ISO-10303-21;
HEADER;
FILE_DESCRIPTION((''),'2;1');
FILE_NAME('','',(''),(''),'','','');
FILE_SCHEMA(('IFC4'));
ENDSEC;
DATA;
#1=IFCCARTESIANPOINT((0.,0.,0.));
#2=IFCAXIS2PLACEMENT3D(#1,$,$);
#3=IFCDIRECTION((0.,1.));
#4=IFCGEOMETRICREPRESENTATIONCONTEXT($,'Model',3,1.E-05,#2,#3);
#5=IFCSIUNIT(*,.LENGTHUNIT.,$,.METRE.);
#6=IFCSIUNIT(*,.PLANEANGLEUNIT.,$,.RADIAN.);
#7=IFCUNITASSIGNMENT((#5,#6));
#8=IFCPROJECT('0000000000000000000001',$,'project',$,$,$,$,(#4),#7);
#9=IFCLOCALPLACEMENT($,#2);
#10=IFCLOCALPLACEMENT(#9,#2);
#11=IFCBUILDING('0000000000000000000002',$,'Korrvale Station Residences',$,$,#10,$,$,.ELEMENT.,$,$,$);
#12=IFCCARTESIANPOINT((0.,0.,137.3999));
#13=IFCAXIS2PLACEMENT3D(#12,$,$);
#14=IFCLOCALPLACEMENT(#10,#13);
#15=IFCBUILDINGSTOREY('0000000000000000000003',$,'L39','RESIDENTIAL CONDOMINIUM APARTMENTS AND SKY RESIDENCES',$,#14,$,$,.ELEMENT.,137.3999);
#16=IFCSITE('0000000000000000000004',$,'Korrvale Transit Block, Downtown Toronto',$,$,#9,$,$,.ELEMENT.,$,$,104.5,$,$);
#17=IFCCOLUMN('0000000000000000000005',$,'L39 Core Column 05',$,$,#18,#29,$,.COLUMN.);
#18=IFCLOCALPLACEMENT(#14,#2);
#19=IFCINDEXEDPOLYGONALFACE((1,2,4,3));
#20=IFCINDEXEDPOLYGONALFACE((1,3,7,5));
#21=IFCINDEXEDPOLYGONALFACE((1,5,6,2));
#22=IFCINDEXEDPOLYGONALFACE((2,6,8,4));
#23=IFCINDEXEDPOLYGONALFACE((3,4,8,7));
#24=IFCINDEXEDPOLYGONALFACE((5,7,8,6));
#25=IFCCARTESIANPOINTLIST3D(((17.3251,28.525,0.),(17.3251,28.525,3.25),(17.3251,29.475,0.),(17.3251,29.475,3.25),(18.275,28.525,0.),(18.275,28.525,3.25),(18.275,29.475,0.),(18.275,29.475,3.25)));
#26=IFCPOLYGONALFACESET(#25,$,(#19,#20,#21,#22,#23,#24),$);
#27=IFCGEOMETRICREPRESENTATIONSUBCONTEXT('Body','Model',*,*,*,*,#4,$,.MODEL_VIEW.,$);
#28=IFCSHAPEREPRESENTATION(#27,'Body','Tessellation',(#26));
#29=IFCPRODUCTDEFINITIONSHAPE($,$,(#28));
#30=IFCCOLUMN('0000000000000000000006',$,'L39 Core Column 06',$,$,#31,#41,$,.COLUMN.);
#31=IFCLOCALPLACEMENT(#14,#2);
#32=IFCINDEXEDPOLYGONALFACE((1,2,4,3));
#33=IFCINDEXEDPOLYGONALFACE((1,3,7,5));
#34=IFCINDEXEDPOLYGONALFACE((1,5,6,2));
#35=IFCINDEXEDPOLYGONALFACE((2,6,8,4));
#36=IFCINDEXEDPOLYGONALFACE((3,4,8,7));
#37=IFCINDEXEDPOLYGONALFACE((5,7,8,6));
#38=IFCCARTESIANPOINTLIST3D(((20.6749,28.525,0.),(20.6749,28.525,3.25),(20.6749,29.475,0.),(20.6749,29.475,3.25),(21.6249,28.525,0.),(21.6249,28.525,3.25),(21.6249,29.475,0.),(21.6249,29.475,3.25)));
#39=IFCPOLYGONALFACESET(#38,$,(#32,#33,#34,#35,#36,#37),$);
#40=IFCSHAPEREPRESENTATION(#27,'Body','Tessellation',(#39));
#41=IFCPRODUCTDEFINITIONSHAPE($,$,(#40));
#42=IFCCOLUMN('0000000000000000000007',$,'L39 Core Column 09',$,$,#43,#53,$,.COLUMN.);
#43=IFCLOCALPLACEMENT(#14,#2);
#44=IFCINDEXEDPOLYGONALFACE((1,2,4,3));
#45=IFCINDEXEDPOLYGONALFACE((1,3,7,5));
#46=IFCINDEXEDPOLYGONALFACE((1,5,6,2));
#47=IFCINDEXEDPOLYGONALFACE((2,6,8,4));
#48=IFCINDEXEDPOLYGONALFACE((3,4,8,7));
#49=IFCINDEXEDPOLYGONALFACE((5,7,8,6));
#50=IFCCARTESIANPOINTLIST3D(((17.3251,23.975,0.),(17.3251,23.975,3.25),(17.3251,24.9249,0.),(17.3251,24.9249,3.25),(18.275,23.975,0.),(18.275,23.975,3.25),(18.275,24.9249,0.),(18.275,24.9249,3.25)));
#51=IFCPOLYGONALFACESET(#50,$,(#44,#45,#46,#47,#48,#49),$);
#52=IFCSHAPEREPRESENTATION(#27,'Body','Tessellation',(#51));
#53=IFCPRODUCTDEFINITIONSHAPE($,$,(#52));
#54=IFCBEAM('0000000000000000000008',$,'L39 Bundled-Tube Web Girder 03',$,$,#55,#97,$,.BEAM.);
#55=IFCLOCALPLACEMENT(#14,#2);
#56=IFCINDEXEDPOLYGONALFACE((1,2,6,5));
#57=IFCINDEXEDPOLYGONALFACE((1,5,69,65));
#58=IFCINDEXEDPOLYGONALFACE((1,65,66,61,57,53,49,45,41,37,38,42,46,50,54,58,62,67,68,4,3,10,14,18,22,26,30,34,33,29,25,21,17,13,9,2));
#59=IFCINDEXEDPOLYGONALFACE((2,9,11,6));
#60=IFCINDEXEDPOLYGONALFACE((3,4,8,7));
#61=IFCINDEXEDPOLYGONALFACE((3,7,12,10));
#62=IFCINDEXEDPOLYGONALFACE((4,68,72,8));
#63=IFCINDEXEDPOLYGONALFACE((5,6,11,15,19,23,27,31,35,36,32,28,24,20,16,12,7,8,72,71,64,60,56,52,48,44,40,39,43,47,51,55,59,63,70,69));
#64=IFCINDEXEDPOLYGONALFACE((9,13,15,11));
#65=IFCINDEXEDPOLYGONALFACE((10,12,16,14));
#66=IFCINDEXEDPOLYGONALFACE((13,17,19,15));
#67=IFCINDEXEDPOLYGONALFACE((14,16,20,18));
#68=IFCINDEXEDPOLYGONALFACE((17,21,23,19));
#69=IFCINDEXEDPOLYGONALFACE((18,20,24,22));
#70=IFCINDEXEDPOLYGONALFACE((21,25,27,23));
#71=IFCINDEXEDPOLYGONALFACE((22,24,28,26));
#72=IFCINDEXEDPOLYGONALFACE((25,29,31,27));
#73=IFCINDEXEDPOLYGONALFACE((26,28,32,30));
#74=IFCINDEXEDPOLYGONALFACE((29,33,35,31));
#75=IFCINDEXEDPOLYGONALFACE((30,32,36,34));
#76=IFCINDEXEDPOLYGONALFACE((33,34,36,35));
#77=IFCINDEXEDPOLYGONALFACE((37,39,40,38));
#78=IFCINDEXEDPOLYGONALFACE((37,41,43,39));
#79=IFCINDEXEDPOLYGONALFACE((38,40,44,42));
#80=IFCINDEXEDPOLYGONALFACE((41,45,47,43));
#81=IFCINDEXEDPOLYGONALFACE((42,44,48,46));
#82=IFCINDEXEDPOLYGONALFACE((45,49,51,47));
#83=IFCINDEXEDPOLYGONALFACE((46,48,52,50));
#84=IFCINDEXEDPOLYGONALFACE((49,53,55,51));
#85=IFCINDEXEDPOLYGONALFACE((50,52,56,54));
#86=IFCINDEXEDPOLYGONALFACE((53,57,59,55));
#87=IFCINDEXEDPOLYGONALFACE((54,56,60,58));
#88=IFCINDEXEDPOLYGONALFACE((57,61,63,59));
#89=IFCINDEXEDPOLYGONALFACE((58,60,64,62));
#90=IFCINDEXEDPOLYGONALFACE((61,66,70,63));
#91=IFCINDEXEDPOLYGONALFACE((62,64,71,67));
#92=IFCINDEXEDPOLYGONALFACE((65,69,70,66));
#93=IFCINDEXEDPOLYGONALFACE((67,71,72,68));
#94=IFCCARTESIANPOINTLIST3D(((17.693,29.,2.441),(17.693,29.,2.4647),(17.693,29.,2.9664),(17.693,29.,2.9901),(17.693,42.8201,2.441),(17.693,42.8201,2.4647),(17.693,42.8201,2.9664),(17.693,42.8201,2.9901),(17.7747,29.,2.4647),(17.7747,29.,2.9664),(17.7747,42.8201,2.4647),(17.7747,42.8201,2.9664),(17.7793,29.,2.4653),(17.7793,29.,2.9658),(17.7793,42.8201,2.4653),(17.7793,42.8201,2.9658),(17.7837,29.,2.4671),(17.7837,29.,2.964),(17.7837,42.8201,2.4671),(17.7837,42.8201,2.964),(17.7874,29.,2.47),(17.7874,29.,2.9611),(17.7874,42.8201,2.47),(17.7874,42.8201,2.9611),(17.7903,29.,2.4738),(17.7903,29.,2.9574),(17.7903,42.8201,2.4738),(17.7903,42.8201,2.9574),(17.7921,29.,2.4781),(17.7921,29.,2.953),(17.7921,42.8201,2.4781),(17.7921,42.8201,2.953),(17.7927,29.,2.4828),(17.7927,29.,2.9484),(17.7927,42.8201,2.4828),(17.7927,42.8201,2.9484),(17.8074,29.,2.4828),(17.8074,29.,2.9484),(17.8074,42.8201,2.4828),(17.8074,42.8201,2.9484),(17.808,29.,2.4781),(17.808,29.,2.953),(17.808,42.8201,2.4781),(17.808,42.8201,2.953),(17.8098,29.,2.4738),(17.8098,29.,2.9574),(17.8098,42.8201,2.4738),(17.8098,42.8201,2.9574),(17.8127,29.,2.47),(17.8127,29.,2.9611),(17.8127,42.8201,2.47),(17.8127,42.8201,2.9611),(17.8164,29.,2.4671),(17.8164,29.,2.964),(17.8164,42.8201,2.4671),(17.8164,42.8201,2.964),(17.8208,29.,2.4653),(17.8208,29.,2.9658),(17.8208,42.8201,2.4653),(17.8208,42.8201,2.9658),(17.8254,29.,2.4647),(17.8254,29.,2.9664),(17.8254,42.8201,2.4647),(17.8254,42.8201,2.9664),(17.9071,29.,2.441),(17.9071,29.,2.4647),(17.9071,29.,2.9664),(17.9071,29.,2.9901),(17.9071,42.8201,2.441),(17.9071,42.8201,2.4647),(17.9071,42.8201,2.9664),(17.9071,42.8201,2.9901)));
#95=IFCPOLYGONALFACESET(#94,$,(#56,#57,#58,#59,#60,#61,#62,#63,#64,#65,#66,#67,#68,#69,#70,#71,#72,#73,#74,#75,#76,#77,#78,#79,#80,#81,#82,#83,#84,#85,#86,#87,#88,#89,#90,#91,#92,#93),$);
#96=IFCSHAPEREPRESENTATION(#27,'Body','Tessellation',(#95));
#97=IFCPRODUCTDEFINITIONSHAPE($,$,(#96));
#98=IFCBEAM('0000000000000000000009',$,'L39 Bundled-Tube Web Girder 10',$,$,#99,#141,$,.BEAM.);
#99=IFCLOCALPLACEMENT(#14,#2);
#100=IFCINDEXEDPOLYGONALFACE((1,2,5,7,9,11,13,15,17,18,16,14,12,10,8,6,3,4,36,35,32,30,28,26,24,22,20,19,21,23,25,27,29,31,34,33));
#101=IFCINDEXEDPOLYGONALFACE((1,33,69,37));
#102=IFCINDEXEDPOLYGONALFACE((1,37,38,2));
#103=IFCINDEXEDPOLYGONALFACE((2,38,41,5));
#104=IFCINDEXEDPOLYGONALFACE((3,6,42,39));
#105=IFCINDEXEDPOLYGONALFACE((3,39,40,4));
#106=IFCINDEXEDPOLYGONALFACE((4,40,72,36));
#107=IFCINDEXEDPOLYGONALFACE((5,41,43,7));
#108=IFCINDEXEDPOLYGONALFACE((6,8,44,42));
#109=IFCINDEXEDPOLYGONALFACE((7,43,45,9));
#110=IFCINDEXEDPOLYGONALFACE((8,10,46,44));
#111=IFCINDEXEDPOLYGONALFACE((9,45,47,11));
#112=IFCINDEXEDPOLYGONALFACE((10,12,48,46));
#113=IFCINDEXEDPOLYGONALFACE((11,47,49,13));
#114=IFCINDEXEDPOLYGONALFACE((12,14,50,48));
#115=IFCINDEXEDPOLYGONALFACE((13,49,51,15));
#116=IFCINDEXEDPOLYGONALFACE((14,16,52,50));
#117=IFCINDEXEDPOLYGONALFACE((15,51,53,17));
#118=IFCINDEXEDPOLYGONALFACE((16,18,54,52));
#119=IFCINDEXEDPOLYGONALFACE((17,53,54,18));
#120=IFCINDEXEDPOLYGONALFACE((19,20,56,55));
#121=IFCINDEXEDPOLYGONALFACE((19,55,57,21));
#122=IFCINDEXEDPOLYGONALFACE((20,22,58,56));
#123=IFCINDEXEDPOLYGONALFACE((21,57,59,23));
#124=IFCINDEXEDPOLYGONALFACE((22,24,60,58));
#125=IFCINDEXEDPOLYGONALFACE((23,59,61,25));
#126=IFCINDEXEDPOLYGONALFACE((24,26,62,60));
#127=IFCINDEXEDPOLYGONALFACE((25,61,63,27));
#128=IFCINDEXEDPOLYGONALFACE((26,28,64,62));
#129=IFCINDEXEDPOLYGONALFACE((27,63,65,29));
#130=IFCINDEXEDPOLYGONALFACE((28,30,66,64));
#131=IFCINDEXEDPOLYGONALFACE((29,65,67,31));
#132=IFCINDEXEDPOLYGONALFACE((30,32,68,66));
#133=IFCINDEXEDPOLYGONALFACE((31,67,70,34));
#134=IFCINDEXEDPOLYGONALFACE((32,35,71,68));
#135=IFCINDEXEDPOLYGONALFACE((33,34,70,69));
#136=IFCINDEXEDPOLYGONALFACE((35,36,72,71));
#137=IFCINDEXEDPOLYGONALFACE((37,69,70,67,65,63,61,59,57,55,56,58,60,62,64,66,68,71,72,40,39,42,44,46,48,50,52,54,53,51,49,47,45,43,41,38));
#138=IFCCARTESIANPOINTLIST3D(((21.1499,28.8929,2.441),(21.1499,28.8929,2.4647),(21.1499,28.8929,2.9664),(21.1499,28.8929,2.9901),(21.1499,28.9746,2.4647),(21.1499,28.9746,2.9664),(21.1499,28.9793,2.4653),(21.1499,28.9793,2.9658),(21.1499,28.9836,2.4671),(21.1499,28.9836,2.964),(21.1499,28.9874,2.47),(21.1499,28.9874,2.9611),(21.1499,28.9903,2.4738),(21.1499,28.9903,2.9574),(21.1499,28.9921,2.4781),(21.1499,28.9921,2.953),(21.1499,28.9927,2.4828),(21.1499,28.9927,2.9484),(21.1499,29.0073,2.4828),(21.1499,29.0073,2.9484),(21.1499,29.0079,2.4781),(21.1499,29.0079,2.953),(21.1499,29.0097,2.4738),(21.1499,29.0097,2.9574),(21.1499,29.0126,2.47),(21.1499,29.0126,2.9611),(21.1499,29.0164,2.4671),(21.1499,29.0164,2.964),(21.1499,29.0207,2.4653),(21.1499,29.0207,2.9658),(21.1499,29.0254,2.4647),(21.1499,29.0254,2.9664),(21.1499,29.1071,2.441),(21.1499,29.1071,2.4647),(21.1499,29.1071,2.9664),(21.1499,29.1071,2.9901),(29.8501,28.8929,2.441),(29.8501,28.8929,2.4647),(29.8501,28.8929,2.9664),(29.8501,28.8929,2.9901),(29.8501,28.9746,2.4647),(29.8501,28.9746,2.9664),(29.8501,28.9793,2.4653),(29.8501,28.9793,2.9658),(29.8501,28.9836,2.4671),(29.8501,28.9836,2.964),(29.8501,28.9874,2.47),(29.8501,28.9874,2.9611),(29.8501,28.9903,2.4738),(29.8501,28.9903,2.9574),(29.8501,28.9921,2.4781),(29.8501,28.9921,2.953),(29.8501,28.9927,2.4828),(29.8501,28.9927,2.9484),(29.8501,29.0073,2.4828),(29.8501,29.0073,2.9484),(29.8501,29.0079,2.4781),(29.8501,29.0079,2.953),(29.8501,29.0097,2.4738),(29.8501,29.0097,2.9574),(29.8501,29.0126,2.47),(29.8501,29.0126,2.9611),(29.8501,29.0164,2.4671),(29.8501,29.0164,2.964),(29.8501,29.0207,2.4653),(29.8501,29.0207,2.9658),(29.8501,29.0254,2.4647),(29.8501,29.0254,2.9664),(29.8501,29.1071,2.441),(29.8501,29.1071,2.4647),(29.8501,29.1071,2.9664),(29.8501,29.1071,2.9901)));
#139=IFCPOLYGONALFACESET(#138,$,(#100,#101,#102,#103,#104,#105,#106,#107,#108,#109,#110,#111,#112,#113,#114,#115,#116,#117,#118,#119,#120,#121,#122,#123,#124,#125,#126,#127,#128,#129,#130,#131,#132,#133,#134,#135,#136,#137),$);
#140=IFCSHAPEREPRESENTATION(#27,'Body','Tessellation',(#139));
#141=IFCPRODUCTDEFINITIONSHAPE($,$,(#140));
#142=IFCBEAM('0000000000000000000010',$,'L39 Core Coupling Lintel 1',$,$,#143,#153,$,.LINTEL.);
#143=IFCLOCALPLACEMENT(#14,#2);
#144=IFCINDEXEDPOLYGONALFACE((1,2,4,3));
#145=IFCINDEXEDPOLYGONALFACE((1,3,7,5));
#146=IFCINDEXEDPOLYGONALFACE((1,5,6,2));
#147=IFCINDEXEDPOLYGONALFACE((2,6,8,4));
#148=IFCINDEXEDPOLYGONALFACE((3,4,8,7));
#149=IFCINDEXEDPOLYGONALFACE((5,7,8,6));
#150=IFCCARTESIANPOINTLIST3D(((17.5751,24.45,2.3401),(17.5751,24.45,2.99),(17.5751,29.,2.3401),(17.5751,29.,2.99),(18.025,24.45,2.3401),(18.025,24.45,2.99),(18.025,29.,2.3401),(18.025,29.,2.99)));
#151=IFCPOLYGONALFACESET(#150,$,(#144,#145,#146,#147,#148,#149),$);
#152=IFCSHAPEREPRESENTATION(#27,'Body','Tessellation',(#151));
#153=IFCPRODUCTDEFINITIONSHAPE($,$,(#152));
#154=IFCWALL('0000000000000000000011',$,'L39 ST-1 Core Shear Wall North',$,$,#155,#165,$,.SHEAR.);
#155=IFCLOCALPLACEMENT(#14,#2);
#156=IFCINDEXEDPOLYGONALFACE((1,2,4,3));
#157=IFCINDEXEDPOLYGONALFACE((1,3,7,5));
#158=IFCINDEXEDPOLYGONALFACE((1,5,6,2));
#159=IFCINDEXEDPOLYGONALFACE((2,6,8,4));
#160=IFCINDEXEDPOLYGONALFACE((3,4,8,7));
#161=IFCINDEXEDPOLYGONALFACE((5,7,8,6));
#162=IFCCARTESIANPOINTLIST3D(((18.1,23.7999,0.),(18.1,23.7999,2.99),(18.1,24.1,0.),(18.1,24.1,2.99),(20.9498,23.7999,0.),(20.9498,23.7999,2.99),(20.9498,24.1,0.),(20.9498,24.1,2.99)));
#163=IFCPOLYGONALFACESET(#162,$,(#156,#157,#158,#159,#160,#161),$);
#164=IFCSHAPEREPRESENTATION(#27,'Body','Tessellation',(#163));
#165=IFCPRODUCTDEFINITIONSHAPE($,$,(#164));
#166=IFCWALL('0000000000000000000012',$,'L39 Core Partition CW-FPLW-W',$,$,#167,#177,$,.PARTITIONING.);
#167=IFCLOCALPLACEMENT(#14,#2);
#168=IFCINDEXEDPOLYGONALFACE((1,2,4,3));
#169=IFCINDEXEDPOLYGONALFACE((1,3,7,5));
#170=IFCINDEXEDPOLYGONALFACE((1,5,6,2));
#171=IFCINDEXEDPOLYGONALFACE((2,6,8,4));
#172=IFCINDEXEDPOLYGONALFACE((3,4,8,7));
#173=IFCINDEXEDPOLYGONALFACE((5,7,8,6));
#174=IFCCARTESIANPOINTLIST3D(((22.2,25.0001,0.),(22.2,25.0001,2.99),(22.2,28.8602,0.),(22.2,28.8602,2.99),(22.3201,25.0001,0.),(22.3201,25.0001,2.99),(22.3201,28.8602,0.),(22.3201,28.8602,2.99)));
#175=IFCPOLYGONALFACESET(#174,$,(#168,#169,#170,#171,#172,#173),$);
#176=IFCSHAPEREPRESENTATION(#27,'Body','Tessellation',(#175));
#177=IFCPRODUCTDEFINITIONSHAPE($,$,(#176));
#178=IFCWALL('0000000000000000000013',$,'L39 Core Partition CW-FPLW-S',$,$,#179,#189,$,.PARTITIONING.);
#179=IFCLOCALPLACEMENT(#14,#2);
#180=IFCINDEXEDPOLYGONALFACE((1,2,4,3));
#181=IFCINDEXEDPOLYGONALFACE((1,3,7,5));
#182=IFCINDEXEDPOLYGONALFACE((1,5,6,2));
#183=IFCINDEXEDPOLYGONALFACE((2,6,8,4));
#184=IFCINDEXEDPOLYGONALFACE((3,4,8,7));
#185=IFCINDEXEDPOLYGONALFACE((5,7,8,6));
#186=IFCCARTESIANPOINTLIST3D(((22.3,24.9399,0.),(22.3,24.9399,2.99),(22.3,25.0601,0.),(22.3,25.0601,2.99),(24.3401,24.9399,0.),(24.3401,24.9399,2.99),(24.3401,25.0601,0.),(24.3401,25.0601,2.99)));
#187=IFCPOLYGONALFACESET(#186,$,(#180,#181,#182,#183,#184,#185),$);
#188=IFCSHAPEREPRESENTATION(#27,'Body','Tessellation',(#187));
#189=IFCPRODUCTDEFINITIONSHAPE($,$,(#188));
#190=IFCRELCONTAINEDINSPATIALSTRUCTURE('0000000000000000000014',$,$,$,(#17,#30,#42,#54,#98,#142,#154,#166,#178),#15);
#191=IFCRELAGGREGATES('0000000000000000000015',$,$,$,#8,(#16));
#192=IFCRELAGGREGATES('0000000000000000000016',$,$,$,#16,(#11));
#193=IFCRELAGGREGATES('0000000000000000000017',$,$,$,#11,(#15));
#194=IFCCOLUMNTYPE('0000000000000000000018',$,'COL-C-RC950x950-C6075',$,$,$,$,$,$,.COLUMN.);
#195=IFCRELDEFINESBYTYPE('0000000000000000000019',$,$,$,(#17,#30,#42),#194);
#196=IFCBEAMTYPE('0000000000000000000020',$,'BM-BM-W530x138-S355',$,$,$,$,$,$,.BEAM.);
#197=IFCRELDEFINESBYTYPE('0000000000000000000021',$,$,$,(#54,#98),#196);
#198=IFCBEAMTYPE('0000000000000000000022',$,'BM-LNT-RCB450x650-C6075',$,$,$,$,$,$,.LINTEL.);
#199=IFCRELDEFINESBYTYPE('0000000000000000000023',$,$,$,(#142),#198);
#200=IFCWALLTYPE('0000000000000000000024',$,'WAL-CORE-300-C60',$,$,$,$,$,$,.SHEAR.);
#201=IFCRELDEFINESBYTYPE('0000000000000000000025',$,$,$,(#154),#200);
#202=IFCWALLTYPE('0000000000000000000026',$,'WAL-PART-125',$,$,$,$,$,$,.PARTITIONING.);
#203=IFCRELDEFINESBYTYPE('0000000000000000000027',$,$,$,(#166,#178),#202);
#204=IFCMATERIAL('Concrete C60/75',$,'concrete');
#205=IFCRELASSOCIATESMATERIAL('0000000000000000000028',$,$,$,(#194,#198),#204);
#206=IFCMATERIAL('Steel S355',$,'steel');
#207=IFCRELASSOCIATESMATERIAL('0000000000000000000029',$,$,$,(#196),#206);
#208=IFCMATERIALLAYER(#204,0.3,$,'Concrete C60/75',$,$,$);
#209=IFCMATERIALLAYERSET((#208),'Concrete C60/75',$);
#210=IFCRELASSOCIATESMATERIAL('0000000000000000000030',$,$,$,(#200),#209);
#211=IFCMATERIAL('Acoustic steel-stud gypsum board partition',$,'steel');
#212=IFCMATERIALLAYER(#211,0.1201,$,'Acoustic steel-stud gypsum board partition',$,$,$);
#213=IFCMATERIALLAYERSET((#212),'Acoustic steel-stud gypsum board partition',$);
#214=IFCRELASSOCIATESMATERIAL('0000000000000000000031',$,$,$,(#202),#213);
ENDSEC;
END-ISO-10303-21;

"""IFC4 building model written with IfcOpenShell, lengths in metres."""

from ifc_helpers import new_model, si_unit, direction, frame, frame_2d, origin, origin_2d, place, context, subcontext, project, spatial, rectangle, i_section, extrude, material, layer, layer_set, material_profile, profile_set, type_object, element, save


model = new_model("IFC4")

# Units and contexts
model_context = context("Model", 3, precision=1e-05, world=origin(), true_north=direction((0.0, 1.0)))
body_context = subcontext(model_context, "Body", "Model", "MODEL_VIEW")
ifc_project = project(units=[si_unit("LENGTHUNIT", "METRE"), si_unit("PLANEANGLEUNIT", "RADIAN")], contexts=[model_context])

# Site, building, storey
site_placement = place(None, origin())
site = spatial("IfcSite", under=ifc_project, at=site_placement, Name="Korrvale Transit Block, Downtown Toronto", CompositionType="ELEMENT", RefElevation=104.5)
building_placement = place(site_placement, origin())
building = spatial("IfcBuilding", under=site, at=building_placement, Name="Korrvale Station Residences", CompositionType="ELEMENT")
storey_placement = place(building_placement, frame((0.0, 0.0, 137.3999)))
storey = spatial("IfcBuildingStorey", under=building, at=storey_placement, Name="L39", Description="RESIDENTIAL CONDOMINIUM APARTMENTS AND SKY RESIDENCES", CompositionType="ELEMENT", Elevation=137.3999)

# Columns
ifc_material_1 = material(Name="Concrete C60/75", Category="concrete")
ifc_material_profile_1 = material_profile(ifc_material_1, rectangle(XDim=0.95, YDim=0.95, at=origin_2d()), Name="RC950x950")
ifc_profile_set_1 = profile_set([ifc_material_profile_1], Name="Concrete C60/75")
column_type = type_object("IfcColumnType", Name="COL-C-RC950x950-C6075", PredefinedType="COLUMN", material=ifc_profile_set_1)
for number, where, z_axis, x_axis, name in (
    (1, (17.8, 29.0, 0.0), (0.0, 0.0, 1.0), (1.0, 0.0, 0.0), "L39 Core Column 05"),
    (2, (21.1499, 29.0, 0.0), (0.0, 0.0, 1.0), (1.0, 0.0, 0.0), "L39 Core Column 06"),
    (3, (17.8, 24.45, 0.0), (0.0, 0.0, 1.0), (1.0, 0.0, 0.0), "L39 Core Column 09"),
):
    element("IfcColumn", number, at=place(storey_placement, frame(where, z_axis=z_axis, x_axis=x_axis)), inside=storey, type_object=column_type, Name=name, PredefinedType="COLUMN", context=body_context, shape_type="SweptSolid", body=[
        extrude(rectangle(XDim=0.95, YDim=0.95, at=origin_2d()), origin(), (0.0, 0.0, 1.0), 3.25),
    ])

# Beams
ifc_material_2 = material(Name="Steel S355", Category="steel")
ifc_material_profile_2 = material_profile(ifc_material_2, i_section(OverallWidth=0.2141, OverallDepth=0.5491, WebThickness=0.0146, FlangeThickness=0.0237, FilletRadius=0.0181, at=origin_2d()), Name="W530x138")
ifc_profile_set_2 = profile_set([ifc_material_profile_2], Name="Steel S355")
beam_type_1 = type_object("IfcBeamType", Name="BM-BM-W530x138-S355", PredefinedType="BEAM", material=ifc_profile_set_2)
beam_1_placement = place(storey_placement, frame((17.8, 29.0, 2.7156), z_axis=(0.0, 1.0, 0.0), x_axis=(-1.0, 0.0, 0.0)))
element("IfcBeam", 4, at=beam_1_placement, inside=storey, type_object=beam_type_1, Name="L39 Bundled-Tube Web Girder 03", PredefinedType="BEAM", context=body_context, shape_type="SweptSolid", body=[
    extrude(i_section(OverallWidth=0.2141, OverallDepth=0.5491, WebThickness=0.0146, FlangeThickness=0.0237, FilletRadius=0.0181, at=origin_2d()), origin(), (0.0, 0.0, 1.0), 13.8201),
])
beam_2_placement = place(storey_placement, frame((21.1499, 29.0, 2.7156), z_axis=(1.0, 0.0, 0.0), x_axis=(0.0, 1.0, 0.0)))
element("IfcBeam", 5, at=beam_2_placement, inside=storey, type_object=beam_type_1, Name="L39 Bundled-Tube Web Girder 10", PredefinedType="BEAM", context=body_context, shape_type="SweptSolid", body=[
    extrude(i_section(OverallWidth=0.2141, OverallDepth=0.5491, WebThickness=0.0146, FlangeThickness=0.0237, FilletRadius=0.0181, at=origin_2d()), origin(), (0.0, 0.0, 1.0), 8.7002),
])
ifc_material_profile_3 = material_profile(ifc_material_1, rectangle(XDim=0.45, YDim=0.6499, at=origin_2d()), Name="RCB450x650")
ifc_profile_set_3 = profile_set([ifc_material_profile_3], Name="Concrete C60/75")
beam_type_2 = type_object("IfcBeamType", Name="BM-LNT-RCB450x650-C6075", PredefinedType="LINTEL", material=ifc_profile_set_3)
beam_3_placement = place(storey_placement, frame((17.8, 24.45, 2.665), z_axis=(0.0, 1.0, 0.0), x_axis=(-1.0, 0.0, 0.0)))
element("IfcBeam", 6, at=beam_3_placement, inside=storey, type_object=beam_type_2, Name="L39 Core Coupling Lintel 1", PredefinedType="LINTEL", context=body_context, shape_type="SweptSolid", body=[
    extrude(rectangle(XDim=0.45, YDim=0.6499, at=origin_2d()), origin(), (0.0, 0.0, 1.0), 4.55),
])

# Walls
ifc_layer_1 = layer(ifc_material_1, 0.3, Name="Concrete C60/75")
ifc_layer_set_1 = layer_set([ifc_layer_1], Name="Concrete C60/75")
wall_type_1 = type_object("IfcWallType", Name="WAL-CORE-300-C60", PredefinedType="SHEAR", material=ifc_layer_set_1)
wall_1_placement = place(storey_placement, frame((18.1001, 23.95, 0.0), z_axis=(0.0, 0.0, 1.0), x_axis=(1.0, 0.0, 0.0)))
element("IfcWall", 7, at=wall_1_placement, inside=storey, type_object=wall_type_1, Name="L39 ST-1 Core Shear Wall North", PredefinedType="SHEAR", context=body_context, shape_type="SweptSolid", body=[
    extrude(rectangle(XDim=2.8499, YDim=0.3, at=frame_2d((1.4248, 0.0))), origin(), (0.0, 0.0, 1.0), 2.99),
])
ifc_material_3 = material(Name="Acoustic steel-stud gypsum board partition", Category="steel")
ifc_layer_2 = layer(ifc_material_3, 0.1201, Name="Acoustic steel-stud gypsum board partition")
ifc_layer_set_2 = layer_set([ifc_layer_2], Name="Acoustic steel-stud gypsum board partition")
wall_type_2 = type_object("IfcWallType", Name="WAL-PART-125", PredefinedType="PARTITIONING", material=ifc_layer_set_2)
wall_2_placement = place(storey_placement, frame((22.26, 25.0, 0.0), z_axis=(0.0, 0.0, 1.0), x_axis=(0.0, 1.0, 0.0)))
element("IfcWall", 8, at=wall_2_placement, inside=storey, type_object=wall_type_2, Name="L39 Core Partition CW-FPLW-W", PredefinedType="PARTITIONING", context=body_context, shape_type="SweptSolid", body=[
    extrude(rectangle(XDim=3.8601, YDim=0.1201, at=frame_2d((1.9302, 0.0))), origin(), (0.0, 0.0, 1.0), 2.99),
])
wall_3_placement = place(storey_placement, frame((22.3, 25.0, 0.0), z_axis=(0.0, 0.0, 1.0), x_axis=(1.0, 0.0, 0.0)))
element("IfcWall", 9, at=wall_3_placement, inside=storey, type_object=wall_type_2, Name="L39 Core Partition CW-FPLW-S", PredefinedType="PARTITIONING", context=body_context, shape_type="SweptSolid", body=[
    extrude(rectangle(XDim=2.04, YDim=0.1201, at=frame_2d((1.02, 0.0))), origin(), (0.0, 0.0, 1.0), 2.99),
])

save(model, "model.ifc")
